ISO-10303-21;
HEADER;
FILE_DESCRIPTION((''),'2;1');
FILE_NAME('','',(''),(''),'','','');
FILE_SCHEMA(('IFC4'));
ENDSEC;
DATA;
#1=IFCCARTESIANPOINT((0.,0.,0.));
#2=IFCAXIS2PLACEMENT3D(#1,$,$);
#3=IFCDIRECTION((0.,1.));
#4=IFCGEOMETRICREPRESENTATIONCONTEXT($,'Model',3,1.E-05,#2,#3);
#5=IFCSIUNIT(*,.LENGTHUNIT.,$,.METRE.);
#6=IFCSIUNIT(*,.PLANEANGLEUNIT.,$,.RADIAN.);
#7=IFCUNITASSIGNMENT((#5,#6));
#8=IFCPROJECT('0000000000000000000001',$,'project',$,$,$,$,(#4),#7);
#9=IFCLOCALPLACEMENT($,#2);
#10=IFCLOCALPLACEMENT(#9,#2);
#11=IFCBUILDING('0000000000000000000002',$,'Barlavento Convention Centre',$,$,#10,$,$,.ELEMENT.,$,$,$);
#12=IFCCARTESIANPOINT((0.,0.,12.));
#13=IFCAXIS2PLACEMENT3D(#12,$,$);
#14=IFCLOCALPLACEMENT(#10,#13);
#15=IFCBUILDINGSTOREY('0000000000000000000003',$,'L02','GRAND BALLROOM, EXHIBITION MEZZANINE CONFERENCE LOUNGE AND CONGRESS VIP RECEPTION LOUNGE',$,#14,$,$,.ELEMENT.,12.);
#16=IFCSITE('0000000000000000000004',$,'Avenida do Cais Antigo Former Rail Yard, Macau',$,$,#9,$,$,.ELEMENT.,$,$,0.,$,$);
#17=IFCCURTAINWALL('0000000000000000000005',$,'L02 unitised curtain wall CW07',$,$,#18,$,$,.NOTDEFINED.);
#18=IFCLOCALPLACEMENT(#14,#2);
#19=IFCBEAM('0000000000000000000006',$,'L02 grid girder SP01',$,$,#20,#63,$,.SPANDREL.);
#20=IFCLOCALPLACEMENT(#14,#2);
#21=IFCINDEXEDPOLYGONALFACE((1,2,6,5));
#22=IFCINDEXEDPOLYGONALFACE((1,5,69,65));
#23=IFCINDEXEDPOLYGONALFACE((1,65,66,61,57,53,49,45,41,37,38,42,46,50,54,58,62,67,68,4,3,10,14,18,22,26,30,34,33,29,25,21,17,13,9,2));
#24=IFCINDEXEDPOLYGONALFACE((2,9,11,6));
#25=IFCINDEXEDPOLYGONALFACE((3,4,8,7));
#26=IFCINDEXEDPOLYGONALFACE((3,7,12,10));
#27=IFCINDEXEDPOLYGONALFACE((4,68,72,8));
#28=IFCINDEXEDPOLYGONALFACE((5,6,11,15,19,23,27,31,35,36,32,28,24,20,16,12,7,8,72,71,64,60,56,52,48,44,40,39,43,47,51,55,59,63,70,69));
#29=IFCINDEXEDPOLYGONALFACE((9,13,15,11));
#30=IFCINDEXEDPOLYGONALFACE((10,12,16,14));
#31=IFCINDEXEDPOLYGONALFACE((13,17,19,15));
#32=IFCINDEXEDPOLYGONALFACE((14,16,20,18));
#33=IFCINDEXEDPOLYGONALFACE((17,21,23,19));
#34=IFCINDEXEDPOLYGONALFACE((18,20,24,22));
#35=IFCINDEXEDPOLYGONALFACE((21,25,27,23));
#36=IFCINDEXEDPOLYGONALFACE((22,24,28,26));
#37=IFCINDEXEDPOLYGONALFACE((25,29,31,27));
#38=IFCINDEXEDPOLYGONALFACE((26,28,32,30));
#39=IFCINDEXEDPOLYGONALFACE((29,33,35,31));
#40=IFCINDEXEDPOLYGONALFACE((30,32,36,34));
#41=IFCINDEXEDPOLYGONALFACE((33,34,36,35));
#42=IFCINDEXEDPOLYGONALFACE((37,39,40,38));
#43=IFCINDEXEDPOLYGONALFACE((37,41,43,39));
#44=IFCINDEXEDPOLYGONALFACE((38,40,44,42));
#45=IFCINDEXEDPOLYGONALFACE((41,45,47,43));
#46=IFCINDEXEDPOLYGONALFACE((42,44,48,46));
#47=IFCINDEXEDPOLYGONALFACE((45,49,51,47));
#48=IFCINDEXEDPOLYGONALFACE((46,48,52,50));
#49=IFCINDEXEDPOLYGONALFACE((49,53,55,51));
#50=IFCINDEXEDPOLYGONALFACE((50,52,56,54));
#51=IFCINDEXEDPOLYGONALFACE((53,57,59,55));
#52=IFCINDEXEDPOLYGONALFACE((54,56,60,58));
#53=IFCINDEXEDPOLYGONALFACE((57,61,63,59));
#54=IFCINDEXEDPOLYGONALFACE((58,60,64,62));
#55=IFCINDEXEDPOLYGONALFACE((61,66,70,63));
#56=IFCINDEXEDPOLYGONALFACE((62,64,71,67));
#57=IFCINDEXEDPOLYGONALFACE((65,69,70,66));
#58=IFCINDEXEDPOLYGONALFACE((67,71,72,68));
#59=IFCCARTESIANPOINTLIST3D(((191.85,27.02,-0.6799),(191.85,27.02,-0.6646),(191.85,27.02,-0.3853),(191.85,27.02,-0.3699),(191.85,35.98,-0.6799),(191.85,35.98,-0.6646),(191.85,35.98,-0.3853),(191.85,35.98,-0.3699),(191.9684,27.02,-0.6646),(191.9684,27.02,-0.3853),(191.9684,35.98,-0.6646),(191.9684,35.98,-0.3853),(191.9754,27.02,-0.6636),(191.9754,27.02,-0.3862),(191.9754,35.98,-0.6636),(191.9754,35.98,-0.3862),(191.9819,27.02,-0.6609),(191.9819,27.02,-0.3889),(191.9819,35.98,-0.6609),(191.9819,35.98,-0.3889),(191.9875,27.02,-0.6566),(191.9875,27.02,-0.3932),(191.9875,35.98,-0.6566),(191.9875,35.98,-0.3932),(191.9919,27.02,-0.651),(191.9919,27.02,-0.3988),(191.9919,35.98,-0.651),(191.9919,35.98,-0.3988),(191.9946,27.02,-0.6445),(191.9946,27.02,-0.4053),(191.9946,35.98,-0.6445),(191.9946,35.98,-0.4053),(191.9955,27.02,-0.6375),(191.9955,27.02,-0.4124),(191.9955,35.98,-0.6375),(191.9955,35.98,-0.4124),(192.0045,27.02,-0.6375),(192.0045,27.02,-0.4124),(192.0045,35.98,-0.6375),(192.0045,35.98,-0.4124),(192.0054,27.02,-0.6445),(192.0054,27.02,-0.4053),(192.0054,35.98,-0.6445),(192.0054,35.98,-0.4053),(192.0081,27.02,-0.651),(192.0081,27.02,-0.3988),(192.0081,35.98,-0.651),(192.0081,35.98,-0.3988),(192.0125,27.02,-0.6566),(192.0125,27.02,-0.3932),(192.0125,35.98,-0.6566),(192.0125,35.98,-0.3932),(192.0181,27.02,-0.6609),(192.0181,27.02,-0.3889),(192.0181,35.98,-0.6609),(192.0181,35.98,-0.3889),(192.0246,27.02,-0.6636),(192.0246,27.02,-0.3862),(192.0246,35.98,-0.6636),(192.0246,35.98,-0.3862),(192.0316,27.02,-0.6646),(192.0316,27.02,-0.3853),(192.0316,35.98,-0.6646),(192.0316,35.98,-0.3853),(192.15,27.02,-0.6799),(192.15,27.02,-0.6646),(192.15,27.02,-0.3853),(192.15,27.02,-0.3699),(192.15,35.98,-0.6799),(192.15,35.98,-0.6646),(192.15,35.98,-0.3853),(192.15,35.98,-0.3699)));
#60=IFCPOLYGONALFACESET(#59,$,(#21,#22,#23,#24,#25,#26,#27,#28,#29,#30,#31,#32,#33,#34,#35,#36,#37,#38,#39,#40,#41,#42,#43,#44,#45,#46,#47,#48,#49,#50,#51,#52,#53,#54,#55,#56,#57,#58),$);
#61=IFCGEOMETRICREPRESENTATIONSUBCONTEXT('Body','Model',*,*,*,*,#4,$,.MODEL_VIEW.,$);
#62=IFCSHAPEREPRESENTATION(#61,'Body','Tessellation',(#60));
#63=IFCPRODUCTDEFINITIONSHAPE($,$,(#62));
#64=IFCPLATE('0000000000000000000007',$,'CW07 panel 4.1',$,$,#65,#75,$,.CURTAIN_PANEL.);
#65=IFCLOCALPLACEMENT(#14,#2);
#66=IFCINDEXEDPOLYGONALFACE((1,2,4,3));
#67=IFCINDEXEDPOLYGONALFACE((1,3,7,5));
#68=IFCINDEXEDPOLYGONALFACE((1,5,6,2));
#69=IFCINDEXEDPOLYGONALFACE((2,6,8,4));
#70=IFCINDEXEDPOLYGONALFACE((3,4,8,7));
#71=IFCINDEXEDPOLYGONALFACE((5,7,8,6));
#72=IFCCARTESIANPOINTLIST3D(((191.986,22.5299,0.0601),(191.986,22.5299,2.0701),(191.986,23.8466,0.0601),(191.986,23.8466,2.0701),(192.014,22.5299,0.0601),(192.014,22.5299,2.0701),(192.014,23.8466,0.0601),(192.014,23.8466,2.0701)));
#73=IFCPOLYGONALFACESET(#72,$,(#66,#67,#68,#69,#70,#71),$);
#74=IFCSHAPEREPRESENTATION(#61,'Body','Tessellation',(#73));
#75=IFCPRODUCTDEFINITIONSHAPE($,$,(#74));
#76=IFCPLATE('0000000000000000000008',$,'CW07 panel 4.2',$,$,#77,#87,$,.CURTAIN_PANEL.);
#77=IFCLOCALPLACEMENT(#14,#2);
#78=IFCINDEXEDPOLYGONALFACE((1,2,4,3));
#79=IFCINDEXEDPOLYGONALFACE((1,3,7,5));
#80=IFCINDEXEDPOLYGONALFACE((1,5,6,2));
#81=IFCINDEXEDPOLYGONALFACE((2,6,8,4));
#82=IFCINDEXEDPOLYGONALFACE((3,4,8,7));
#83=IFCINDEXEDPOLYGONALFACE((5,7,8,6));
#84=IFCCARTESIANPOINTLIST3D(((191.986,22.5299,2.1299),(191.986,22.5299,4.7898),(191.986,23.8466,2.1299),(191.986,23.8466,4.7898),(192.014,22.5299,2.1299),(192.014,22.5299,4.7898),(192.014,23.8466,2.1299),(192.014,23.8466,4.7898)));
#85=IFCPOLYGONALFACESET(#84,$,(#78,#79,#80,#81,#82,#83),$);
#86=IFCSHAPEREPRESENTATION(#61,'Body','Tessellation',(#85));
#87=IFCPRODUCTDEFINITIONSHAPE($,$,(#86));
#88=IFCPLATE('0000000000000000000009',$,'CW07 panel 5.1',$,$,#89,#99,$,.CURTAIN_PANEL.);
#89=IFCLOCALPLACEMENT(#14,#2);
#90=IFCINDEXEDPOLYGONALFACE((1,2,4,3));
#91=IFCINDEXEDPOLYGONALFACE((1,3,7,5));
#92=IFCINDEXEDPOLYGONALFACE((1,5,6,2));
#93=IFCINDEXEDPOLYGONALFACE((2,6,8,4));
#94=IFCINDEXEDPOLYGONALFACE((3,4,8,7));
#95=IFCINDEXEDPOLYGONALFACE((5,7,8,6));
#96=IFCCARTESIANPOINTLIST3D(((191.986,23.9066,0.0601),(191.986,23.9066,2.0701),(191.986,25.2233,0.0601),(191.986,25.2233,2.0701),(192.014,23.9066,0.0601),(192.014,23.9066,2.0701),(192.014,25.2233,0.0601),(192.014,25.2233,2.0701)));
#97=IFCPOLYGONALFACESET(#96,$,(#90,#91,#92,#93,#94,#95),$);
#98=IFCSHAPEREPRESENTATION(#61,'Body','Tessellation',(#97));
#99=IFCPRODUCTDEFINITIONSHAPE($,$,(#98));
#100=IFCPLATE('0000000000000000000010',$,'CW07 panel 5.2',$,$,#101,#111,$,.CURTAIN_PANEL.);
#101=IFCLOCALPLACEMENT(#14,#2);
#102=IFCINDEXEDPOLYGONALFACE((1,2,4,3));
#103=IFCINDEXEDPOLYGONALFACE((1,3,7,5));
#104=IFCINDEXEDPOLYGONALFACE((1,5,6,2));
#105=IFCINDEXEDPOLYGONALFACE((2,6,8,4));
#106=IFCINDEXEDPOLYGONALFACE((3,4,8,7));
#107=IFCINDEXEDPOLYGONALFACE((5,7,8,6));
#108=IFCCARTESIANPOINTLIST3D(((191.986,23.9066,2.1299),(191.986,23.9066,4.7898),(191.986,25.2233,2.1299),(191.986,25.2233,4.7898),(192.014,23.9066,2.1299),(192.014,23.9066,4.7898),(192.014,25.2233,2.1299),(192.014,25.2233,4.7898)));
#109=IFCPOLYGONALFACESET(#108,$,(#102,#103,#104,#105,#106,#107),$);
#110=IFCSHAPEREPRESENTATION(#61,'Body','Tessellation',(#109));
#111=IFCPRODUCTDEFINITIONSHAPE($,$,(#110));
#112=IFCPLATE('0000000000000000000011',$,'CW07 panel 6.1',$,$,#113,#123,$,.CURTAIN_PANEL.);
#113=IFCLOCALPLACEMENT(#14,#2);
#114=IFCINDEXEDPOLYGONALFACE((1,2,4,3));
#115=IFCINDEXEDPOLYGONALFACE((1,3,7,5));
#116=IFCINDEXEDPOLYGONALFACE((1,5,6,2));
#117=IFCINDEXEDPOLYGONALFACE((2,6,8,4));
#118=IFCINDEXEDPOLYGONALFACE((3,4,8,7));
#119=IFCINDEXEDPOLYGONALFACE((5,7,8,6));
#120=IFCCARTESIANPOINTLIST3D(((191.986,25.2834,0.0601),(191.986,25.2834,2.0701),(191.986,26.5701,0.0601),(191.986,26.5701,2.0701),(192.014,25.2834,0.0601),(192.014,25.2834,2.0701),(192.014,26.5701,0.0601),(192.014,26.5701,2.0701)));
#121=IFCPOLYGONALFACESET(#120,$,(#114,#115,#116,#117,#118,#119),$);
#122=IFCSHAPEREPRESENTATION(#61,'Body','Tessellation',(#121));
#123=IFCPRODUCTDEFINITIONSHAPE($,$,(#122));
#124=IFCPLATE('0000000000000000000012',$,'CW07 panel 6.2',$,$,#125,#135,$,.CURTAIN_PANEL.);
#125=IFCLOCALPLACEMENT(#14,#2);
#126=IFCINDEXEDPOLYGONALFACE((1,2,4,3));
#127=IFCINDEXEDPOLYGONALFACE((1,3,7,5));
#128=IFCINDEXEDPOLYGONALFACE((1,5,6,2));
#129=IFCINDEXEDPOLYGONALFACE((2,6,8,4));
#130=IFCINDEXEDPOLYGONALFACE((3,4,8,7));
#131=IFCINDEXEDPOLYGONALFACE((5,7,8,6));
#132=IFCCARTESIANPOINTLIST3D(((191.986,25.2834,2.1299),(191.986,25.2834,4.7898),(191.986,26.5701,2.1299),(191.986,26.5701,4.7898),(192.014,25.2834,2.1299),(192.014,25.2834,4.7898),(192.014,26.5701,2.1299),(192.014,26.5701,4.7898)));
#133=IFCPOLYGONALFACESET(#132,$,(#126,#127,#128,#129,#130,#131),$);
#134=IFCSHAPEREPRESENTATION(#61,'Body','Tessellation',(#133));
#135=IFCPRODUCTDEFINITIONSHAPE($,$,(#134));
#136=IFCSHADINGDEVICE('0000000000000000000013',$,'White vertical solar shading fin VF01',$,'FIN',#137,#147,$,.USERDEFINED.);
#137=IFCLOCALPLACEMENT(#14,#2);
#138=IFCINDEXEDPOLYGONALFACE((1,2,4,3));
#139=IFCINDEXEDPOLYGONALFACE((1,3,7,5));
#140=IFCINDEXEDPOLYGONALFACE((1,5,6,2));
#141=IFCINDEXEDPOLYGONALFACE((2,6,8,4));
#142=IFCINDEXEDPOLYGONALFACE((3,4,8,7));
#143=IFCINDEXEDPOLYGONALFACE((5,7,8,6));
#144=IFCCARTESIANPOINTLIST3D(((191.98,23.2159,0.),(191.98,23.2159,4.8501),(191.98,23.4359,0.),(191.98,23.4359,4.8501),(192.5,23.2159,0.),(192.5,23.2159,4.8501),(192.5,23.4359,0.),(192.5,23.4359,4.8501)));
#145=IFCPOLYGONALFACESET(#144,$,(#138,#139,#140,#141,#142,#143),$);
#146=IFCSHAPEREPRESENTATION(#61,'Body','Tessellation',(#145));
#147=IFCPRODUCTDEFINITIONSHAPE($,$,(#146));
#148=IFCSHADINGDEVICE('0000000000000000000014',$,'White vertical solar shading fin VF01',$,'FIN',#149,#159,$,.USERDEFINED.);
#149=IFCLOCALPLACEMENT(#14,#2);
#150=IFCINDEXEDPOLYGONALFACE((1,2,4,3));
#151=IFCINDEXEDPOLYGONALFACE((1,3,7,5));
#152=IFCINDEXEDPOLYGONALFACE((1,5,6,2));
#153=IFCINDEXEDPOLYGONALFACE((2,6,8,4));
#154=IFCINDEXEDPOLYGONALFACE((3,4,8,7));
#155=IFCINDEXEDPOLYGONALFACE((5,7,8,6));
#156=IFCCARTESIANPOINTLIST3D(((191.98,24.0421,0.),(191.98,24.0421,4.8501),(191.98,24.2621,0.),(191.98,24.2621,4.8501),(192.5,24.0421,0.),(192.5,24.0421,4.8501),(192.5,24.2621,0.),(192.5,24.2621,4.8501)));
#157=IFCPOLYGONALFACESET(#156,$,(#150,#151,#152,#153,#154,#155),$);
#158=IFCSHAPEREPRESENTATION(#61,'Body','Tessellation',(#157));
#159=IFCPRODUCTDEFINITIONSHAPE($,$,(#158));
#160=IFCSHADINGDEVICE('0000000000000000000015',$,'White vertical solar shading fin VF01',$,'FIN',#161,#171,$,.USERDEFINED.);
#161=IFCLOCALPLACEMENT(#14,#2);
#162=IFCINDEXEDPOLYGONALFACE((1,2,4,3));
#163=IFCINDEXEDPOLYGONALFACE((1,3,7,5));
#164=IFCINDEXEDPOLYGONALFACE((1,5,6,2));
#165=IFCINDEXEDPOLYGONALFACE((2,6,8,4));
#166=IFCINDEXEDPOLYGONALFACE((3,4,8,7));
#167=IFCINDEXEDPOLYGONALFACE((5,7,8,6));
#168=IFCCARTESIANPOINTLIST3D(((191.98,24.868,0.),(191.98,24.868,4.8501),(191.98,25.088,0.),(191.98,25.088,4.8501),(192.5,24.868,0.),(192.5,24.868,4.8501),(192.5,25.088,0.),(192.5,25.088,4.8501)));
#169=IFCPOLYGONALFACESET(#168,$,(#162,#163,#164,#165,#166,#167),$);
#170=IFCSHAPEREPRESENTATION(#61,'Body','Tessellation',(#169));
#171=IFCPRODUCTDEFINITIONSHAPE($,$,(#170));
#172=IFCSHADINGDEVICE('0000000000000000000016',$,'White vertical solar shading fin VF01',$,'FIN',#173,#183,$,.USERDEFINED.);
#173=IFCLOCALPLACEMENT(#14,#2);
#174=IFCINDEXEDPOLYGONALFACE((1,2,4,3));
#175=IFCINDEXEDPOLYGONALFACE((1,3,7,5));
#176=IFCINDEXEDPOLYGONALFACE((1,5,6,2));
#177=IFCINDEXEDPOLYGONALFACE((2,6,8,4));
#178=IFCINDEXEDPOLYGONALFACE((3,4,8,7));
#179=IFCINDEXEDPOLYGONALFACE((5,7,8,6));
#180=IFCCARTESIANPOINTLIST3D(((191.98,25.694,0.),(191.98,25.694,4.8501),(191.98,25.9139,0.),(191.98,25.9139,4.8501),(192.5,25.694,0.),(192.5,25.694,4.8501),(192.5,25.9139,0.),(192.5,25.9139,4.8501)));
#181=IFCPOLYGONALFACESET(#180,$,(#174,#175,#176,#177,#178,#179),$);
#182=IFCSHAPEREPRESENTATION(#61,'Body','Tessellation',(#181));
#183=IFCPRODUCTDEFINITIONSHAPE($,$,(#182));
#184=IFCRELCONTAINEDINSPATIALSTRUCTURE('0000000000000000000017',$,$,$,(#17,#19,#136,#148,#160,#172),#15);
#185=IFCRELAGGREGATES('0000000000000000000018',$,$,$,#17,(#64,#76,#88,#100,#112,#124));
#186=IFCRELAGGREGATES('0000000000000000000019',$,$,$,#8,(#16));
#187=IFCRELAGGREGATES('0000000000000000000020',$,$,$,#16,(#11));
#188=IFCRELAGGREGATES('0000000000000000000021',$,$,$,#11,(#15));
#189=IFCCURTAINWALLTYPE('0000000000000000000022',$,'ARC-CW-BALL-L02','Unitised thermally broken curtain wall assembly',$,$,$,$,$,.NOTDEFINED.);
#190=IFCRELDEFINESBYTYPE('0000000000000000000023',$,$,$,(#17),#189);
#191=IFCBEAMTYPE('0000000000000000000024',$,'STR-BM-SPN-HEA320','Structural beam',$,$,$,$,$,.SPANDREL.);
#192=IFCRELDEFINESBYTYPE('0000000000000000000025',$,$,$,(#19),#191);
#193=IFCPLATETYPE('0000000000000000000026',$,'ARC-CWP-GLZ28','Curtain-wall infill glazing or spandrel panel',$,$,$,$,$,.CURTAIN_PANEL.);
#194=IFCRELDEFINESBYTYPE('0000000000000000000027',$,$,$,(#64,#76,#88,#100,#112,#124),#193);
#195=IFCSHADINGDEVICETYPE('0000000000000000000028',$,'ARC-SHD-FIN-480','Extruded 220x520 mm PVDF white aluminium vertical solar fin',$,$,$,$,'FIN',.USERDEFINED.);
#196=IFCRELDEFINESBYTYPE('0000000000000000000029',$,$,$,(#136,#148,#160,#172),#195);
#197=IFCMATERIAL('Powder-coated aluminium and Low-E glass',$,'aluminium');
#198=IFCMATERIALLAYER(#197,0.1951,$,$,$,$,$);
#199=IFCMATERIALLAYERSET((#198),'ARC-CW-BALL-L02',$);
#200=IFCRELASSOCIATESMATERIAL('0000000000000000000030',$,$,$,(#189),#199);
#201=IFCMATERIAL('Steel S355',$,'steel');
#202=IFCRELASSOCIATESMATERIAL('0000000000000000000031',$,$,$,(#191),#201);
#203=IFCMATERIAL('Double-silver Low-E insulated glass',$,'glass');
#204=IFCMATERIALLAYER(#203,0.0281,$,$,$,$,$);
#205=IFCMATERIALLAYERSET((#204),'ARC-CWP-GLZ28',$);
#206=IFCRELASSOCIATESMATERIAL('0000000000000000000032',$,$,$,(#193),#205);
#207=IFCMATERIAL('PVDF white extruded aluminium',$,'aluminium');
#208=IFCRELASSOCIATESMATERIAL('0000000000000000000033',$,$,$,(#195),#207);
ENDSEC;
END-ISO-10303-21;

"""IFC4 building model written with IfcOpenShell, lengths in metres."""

from ifc_helpers import new_model, si_unit, direction, frame, origin, origin_2d, place, context, subcontext, project, spatial, rectangle, i_section, extrude, material, layer, layer_set, material_profile, profile_set, type_object, element, aggregate, save


model = new_model("IFC4")

# Units and contexts
model_context = context("Model", 3, precision=1e-05, world=origin(), true_north=direction((0.0, 1.0)))
body_context = subcontext(model_context, "Body", "Model", "MODEL_VIEW")
ifc_project = project(units=[si_unit("LENGTHUNIT", "METRE"), si_unit("PLANEANGLEUNIT", "RADIAN")], contexts=[model_context])

# Site, building, storey
site_placement = place(None, origin())
site = spatial("IfcSite", under=ifc_project, at=site_placement, Name="Avenida do Cais Antigo Former Rail Yard, Macau", CompositionType="ELEMENT", RefElevation=0.0)
building_placement = place(site_placement, origin())
building = spatial("IfcBuilding", under=site, at=building_placement, Name="Barlavento Convention Centre", CompositionType="ELEMENT")
storey_placement = place(building_placement, frame((0.0, 0.0, 12.0)))
storey = spatial("IfcBuildingStorey", under=building, at=storey_placement, Name="L02", Description="GRAND BALLROOM, EXHIBITION MEZZANINE CONFERENCE LOUNGE AND CONGRESS VIP RECEPTION LOUNGE", CompositionType="ELEMENT", Elevation=12.0)

# Curtain wall
ifc_material_1 = material(Name="Powder-coated aluminium and Low-E glass", Category="aluminium")
ifc_layer_1 = layer(ifc_material_1, 0.1951)
ifc_layer_set_1 = layer_set([ifc_layer_1], Name="ARC-CW-BALL-L02")
curtain_wall_type = type_object("IfcCurtainWallType", Name="ARC-CW-BALL-L02", Description="Unitised thermally broken curtain wall assembly", PredefinedType="NOTDEFINED", material=ifc_layer_set_1)
curtain_wall_placement = place(storey_placement, origin())
curtain_wall = element("IfcCurtainWall", 1, at=curtain_wall_placement, inside=storey, type_object=curtain_wall_type, Name="L02 unitised curtain wall CW07", PredefinedType="NOTDEFINED")

# Beam
ifc_material_2 = material(Name="Steel S355", Category="steel")
ifc_material_profile_1 = material_profile(ifc_material_2, i_section(OverallWidth=0.3, OverallDepth=0.3101, WebThickness=0.009, FlangeThickness=0.0154, FilletRadius=0.0271, at=origin_2d()), Name="HEA 320")
ifc_profile_set_1 = profile_set([ifc_material_profile_1], Name="Steel S355")
beam_type = type_object("IfcBeamType", Name="STR-BM-SPN-HEA320", Description="Structural beam", PredefinedType="SPANDREL", material=ifc_profile_set_1)
beam_placement = place(storey_placement, frame((192.0, 27.02, -0.5249), z_axis=(0.0, 1.0, 0.0), x_axis=(-1.0, 0.0, 0.0)))
element("IfcBeam", 2, at=beam_placement, inside=storey, type_object=beam_type, Name="L02 grid girder SP01", PredefinedType="SPANDREL", context=body_context, shape_type="SweptSolid", body=[
    extrude(i_section(OverallWidth=0.3, OverallDepth=0.3101, WebThickness=0.009, FlangeThickness=0.0154, FilletRadius=0.0271, at=origin_2d()), origin(), (0.0, 0.0, 1.0), 8.96),
])

# Plates
ifc_material_3 = material(Name="Double-silver Low-E insulated glass", Category="glass")
ifc_layer_2 = layer(ifc_material_3, 0.0281)
ifc_layer_set_2 = layer_set([ifc_layer_2], Name="ARC-CWP-GLZ28")
plate_type = type_object("IfcPlateType", Name="ARC-CWP-GLZ28", Description="Curtain-wall infill glazing or spandrel panel", PredefinedType="CURTAIN_PANEL", material=ifc_layer_set_2)
plate_1_placement = place(storey_placement, frame((192.0, 23.1882, 0.0601), z_axis=(0.0, 0.0, 1.0), x_axis=(0.0, 1.0, 0.0)))
plate_1 = element("IfcPlate", 3, at=plate_1_placement, type_object=plate_type, Name="CW07 panel 4.1", PredefinedType="CURTAIN_PANEL", context=body_context, shape_type="SweptSolid", body=[
    extrude(rectangle(XDim=1.3167, YDim=0.0281, at=origin_2d()), origin(), (0.0, 0.0, 1.0), 2.01),
])
plate_2_placement = place(storey_placement, frame((192.0, 23.1882, 2.1299), z_axis=(0.0, 0.0, 1.0), x_axis=(0.0, 1.0, 0.0)))
plate_2 = element("IfcPlate", 4, at=plate_2_placement, type_object=plate_type, Name="CW07 panel 4.2", PredefinedType="CURTAIN_PANEL", context=body_context, shape_type="SweptSolid", body=[
    extrude(rectangle(XDim=1.3167, YDim=0.0281, at=origin_2d()), origin(), (0.0, 0.0, 1.0), 2.6599),
])
plate_3_placement = place(storey_placement, frame((192.0, 24.5649, 0.0601), z_axis=(0.0, 0.0, 1.0), x_axis=(0.0, 1.0, 0.0)))
plate_3 = element("IfcPlate", 5, at=plate_3_placement, type_object=plate_type, Name="CW07 panel 5.1", PredefinedType="CURTAIN_PANEL", context=body_context, shape_type="SweptSolid", body=[
    extrude(rectangle(XDim=1.3167, YDim=0.0281, at=origin_2d()), origin(), (0.0, 0.0, 1.0), 2.01),
])
plate_4_placement = place(storey_placement, frame((192.0, 24.5649, 2.1299), z_axis=(0.0, 0.0, 1.0), x_axis=(0.0, 1.0, 0.0)))
plate_4 = element("IfcPlate", 6, at=plate_4_placement, type_object=plate_type, Name="CW07 panel 5.2", PredefinedType="CURTAIN_PANEL", context=body_context, shape_type="SweptSolid", body=[
    extrude(rectangle(XDim=1.3167, YDim=0.0281, at=origin_2d()), origin(), (0.0, 0.0, 1.0), 2.6599),
])
plate_5_placement = place(storey_placement, frame((192.0, 25.9268, 0.0601), z_axis=(0.0, 0.0, 1.0), x_axis=(0.0, 1.0, 0.0)))
plate_5 = element("IfcPlate", 7, at=plate_5_placement, type_object=plate_type, Name="CW07 panel 6.1", PredefinedType="CURTAIN_PANEL", context=body_context, shape_type="SweptSolid", body=[
    extrude(rectangle(XDim=1.2866, YDim=0.0281, at=origin_2d()), origin(), (0.0, 0.0, 1.0), 2.01),
])
plate_6_placement = place(storey_placement, frame((192.0, 25.9268, 2.1299), z_axis=(0.0, 0.0, 1.0), x_axis=(0.0, 1.0, 0.0)))
plate_6 = element("IfcPlate", 8, at=plate_6_placement, type_object=plate_type, Name="CW07 panel 6.2", PredefinedType="CURTAIN_PANEL", context=body_context, shape_type="SweptSolid", body=[
    extrude(rectangle(XDim=1.2866, YDim=0.0281, at=origin_2d()), origin(), (0.0, 0.0, 1.0), 2.6599),
])
aggregate(curtain_wall, [plate_1, plate_2, plate_3, plate_4, plate_5, plate_6])

# Shading devices
ifc_material_4 = material(Name="PVDF white extruded aluminium", Category="aluminium")
shading_device_type = type_object("IfcShadingDeviceType", Name="ARC-SHD-FIN-480", Description="Extruded 220x520 mm PVDF white aluminium vertical solar fin", ElementType="FIN", PredefinedType="USERDEFINED", material=ifc_material_4)
for number, where, z_axis, x_axis, name in (
    (9, (192.24, 23.3259, 0.0), (0.0, 0.0, 1.0), (0.0, 1.0, 0.0), "White vertical solar shading fin VF01"),
    (10, (192.24, 24.1521, 0.0), (0.0, 0.0, 1.0), (0.0, 1.0, 0.0), "White vertical solar shading fin VF01"),
    (11, (192.24, 24.978, 0.0), (0.0, 0.0, 1.0), (0.0, 1.0, 0.0), "White vertical solar shading fin VF01"),
    (12, (192.24, 25.804, 0.0), (0.0, 0.0, 1.0), (0.0, 1.0, 0.0), "White vertical solar shading fin VF01"),
):
    element("IfcShadingDevice", number, at=place(storey_placement, frame(where, z_axis=z_axis, x_axis=x_axis)), inside=storey, type_object=shading_device_type, Name=name, ObjectType="FIN", PredefinedType="USERDEFINED", context=body_context, shape_type="SweptSolid", body=[
        extrude(rectangle(XDim=0.22, YDim=0.52, at=origin_2d()), origin(), (0.0, 0.0, 1.0), 4.8501),
    ])

save(model, "model.ifc")
